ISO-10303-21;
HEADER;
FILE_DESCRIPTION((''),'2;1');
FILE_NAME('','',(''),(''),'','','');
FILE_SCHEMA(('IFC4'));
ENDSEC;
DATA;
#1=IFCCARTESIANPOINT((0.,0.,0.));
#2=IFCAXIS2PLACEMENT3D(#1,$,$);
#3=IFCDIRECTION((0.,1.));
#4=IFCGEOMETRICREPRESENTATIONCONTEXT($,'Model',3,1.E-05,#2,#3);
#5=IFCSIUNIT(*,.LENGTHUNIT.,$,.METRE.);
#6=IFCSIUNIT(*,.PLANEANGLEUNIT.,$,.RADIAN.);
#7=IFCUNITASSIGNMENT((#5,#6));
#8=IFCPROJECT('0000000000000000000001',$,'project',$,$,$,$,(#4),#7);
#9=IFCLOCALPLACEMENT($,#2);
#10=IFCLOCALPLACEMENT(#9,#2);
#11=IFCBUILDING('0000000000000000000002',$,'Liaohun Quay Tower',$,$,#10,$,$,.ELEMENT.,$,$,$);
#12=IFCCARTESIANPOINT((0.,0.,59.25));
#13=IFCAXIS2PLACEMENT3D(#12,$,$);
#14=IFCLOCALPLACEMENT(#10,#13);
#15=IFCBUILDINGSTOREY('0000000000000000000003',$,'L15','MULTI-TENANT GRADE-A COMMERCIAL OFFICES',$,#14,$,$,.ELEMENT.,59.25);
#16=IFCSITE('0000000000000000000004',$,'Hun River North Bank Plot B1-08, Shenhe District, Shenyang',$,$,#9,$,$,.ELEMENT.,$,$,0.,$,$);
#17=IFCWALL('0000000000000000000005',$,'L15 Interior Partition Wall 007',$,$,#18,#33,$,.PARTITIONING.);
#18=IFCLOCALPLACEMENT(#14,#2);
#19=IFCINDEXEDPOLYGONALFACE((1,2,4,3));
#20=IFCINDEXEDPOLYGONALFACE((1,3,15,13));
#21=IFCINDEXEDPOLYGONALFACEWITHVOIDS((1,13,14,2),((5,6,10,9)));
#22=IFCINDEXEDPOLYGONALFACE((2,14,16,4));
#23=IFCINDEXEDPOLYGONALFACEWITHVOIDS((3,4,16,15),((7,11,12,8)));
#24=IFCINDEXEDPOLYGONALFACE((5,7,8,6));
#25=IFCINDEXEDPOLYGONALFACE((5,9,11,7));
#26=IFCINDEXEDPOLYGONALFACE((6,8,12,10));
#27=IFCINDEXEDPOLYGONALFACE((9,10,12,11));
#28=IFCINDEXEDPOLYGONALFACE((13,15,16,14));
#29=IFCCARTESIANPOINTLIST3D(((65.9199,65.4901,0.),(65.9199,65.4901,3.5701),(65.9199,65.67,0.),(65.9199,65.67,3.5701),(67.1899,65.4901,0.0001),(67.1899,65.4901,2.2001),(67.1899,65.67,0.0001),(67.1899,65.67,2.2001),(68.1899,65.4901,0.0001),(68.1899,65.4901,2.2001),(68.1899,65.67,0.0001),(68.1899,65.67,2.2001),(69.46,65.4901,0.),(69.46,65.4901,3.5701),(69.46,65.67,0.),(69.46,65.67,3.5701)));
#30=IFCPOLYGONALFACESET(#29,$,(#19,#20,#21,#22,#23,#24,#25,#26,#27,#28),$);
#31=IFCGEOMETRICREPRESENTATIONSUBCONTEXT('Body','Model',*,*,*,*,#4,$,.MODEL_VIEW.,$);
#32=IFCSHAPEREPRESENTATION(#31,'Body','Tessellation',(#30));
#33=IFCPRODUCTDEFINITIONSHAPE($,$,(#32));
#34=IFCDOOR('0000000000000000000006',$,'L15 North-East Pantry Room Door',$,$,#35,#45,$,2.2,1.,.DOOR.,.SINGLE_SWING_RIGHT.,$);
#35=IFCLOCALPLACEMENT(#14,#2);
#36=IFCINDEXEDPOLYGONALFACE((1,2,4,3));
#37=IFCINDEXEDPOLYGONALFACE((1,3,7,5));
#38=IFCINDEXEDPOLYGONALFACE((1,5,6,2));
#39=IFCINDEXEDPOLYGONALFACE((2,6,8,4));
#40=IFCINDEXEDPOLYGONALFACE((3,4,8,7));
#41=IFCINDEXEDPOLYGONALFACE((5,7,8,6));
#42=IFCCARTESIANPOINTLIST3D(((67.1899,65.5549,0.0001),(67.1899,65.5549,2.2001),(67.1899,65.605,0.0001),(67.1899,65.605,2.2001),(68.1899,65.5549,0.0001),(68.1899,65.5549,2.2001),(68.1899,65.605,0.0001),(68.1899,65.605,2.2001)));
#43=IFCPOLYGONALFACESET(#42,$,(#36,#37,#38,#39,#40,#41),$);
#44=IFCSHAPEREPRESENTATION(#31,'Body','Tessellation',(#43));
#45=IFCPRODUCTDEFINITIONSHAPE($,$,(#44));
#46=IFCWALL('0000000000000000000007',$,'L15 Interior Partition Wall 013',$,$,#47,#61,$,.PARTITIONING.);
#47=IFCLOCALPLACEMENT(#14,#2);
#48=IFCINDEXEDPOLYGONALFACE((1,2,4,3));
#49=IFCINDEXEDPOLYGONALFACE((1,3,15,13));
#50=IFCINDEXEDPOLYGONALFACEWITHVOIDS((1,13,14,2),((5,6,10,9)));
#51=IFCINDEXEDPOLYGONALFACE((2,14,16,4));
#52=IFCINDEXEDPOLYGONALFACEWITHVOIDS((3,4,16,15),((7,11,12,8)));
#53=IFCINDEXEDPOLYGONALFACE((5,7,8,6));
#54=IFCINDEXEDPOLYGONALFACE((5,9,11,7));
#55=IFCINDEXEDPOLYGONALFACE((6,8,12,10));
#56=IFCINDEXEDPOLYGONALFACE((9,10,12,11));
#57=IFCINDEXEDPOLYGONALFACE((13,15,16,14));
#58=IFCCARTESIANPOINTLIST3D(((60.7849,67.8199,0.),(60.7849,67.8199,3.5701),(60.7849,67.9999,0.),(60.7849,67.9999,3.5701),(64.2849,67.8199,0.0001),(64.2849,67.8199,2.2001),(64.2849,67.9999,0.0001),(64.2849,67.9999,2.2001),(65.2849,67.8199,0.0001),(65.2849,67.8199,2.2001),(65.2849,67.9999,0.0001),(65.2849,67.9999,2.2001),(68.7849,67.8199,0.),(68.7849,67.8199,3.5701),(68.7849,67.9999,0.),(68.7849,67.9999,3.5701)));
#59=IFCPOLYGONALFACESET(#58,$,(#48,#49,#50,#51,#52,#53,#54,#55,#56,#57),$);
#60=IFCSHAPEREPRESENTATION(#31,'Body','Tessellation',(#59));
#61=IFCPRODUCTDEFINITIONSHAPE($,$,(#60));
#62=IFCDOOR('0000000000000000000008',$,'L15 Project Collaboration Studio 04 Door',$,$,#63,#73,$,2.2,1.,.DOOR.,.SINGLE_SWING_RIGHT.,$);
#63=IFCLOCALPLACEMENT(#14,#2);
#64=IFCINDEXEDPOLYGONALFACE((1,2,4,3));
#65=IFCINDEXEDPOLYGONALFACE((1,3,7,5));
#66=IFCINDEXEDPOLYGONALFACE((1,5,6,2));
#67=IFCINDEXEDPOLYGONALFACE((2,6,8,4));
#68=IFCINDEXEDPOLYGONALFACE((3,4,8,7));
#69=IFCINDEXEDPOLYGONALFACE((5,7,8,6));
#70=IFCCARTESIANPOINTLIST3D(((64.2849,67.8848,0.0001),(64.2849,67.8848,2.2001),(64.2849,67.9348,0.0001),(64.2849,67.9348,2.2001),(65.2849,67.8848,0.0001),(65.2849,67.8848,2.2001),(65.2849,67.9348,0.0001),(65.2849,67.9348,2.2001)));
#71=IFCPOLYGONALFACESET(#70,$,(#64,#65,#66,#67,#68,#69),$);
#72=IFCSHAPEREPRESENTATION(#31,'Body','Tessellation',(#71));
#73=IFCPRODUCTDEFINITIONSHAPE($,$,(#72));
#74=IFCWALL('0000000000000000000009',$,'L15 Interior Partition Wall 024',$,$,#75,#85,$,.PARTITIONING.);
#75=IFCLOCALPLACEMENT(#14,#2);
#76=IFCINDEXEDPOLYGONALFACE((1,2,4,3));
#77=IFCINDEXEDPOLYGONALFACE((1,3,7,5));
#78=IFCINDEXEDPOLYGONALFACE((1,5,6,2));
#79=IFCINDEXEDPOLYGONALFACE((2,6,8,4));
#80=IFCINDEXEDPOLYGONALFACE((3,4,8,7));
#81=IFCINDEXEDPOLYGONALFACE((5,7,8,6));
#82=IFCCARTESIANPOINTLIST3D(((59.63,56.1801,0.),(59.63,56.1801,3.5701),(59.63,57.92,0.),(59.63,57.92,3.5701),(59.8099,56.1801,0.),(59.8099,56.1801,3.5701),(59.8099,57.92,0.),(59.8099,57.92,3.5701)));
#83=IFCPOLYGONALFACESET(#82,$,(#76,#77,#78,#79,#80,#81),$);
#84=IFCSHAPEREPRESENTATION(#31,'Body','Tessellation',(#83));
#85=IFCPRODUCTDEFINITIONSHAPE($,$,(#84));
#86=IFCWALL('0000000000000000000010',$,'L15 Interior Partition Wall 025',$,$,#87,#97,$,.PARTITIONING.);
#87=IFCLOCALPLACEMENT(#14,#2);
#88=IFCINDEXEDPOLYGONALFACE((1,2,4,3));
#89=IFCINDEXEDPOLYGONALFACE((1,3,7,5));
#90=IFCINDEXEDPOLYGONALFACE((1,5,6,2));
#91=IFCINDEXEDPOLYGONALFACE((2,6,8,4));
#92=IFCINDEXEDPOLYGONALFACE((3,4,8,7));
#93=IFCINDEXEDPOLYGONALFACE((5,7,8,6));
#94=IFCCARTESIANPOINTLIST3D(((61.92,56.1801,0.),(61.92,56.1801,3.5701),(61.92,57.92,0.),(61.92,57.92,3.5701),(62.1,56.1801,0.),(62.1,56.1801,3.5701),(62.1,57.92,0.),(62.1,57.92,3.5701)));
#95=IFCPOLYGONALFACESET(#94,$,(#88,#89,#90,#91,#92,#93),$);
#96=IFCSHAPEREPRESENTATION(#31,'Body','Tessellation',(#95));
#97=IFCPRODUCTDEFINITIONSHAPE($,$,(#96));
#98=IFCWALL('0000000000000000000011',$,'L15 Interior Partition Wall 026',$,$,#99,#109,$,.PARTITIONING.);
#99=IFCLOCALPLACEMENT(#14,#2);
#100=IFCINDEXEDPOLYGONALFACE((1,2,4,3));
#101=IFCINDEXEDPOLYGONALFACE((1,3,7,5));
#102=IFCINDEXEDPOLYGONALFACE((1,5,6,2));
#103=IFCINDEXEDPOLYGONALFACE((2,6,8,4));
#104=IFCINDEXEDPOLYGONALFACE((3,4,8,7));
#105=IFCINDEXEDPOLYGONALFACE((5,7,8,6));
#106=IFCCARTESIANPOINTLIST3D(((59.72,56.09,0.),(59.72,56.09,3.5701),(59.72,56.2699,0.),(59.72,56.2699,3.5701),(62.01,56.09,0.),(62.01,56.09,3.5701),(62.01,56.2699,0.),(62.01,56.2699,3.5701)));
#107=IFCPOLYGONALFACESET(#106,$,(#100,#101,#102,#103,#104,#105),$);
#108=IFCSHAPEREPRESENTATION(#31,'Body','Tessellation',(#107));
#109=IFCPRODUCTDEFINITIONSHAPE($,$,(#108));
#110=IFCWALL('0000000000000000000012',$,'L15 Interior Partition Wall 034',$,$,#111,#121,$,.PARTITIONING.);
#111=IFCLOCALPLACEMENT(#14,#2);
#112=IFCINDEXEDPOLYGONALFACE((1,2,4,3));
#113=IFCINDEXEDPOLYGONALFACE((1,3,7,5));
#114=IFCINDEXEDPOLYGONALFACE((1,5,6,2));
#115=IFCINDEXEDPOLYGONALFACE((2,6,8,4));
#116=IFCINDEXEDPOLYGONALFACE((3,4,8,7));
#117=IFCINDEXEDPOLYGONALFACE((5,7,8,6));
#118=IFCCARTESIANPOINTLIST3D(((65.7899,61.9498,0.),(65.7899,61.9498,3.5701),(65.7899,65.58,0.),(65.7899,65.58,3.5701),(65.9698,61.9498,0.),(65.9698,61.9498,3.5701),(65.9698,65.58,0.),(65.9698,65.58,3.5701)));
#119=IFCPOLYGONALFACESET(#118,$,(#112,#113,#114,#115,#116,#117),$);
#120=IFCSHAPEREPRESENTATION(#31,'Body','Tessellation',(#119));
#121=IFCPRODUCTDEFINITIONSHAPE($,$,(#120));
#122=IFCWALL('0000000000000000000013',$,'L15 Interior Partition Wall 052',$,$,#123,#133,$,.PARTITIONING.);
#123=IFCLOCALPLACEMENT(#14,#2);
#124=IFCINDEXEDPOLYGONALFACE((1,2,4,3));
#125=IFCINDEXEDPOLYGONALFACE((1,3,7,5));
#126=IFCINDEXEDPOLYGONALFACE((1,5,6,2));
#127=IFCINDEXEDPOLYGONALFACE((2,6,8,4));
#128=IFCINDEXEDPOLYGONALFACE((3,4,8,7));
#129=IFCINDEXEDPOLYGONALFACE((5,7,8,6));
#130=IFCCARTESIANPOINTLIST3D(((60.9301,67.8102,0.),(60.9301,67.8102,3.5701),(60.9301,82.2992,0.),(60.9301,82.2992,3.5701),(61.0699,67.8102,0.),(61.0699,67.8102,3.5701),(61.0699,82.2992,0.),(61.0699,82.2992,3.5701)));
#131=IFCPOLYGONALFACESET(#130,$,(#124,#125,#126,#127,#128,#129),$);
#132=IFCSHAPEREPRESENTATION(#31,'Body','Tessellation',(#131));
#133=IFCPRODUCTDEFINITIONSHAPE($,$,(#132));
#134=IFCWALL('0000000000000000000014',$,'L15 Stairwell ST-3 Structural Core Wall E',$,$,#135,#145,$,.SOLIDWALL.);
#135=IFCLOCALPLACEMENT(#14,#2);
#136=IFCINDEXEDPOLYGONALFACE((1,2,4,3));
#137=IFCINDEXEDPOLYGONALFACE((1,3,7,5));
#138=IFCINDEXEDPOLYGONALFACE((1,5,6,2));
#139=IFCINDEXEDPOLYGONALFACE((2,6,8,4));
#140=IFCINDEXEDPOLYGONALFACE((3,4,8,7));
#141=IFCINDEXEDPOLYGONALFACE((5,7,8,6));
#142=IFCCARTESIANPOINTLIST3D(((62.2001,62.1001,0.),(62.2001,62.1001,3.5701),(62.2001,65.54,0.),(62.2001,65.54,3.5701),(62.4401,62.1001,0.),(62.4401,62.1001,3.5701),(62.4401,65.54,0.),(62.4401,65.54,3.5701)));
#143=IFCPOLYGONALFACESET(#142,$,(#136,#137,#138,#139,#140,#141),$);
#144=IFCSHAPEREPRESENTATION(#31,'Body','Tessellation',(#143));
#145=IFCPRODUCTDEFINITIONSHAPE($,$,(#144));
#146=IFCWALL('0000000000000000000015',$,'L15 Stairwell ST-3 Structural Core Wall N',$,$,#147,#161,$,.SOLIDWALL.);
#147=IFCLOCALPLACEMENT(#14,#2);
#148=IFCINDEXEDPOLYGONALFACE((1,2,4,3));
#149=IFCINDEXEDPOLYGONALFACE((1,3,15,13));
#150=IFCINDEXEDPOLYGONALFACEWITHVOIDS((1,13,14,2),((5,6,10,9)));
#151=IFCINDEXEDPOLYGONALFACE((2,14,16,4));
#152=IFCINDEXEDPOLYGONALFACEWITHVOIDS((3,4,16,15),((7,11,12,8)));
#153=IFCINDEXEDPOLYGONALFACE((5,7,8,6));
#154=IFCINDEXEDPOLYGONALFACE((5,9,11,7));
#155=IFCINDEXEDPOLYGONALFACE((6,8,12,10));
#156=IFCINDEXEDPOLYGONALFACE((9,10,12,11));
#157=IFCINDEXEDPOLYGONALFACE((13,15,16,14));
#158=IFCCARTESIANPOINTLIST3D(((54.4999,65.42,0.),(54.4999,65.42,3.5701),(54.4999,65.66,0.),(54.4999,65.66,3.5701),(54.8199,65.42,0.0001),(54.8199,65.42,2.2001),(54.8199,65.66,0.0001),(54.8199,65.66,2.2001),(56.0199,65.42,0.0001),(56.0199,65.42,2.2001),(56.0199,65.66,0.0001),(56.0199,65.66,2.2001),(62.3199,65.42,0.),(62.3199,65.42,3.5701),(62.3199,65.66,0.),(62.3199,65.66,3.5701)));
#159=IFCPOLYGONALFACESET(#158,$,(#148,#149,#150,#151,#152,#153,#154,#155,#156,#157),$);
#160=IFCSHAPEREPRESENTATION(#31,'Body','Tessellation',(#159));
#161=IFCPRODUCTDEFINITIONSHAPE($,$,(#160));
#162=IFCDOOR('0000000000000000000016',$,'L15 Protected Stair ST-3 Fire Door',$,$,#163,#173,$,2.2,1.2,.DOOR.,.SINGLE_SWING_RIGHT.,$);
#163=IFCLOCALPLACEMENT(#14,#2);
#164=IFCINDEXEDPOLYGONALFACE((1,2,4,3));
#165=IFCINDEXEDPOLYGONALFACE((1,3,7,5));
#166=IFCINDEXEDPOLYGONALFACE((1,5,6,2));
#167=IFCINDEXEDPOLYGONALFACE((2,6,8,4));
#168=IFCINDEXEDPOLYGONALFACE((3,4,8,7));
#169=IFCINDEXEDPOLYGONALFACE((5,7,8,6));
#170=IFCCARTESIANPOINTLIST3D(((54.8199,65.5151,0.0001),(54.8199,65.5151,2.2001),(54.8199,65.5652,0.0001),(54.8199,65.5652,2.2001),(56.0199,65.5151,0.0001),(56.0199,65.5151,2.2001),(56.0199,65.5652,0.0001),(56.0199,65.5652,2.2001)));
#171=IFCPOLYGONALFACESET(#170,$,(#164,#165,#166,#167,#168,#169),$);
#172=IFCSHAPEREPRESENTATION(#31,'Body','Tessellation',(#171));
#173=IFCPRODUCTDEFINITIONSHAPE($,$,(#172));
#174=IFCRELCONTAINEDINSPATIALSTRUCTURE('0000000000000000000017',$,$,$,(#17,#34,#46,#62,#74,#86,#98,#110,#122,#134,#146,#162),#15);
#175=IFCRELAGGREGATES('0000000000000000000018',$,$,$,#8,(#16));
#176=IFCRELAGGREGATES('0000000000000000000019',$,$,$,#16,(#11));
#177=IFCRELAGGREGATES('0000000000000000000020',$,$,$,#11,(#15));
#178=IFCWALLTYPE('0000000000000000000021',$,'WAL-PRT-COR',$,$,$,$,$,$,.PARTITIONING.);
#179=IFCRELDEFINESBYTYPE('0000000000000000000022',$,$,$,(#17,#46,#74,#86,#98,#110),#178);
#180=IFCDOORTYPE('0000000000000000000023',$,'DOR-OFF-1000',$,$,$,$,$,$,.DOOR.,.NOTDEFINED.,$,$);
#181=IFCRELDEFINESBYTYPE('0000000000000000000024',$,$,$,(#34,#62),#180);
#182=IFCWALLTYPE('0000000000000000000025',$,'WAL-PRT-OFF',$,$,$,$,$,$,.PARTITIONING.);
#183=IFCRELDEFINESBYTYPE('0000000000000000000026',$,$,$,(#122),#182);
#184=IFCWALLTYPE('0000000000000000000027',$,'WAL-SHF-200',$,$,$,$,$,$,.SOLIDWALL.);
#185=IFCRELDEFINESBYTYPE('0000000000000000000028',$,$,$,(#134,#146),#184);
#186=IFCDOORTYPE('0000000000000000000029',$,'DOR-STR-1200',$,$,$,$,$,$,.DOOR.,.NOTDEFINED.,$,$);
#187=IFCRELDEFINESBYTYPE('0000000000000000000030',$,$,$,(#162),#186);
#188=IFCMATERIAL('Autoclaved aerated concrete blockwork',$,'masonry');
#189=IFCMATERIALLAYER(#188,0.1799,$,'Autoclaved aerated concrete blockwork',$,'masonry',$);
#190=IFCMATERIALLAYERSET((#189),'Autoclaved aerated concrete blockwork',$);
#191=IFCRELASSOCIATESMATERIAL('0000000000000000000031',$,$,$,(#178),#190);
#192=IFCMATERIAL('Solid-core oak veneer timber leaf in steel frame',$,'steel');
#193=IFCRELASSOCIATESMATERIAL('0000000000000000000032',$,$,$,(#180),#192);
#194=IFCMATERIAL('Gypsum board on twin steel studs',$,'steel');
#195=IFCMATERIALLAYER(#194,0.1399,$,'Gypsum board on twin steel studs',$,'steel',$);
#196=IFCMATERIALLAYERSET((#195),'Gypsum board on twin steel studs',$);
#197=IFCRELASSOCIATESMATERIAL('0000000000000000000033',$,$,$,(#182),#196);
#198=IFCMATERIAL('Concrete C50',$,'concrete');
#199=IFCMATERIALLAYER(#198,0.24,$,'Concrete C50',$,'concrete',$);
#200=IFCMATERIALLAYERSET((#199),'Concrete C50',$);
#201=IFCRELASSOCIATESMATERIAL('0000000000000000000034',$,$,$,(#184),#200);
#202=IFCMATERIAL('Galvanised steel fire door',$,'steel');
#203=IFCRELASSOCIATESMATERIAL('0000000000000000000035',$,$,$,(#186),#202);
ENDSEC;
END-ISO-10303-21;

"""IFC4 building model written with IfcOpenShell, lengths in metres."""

from ifc_helpers import new_model, si_unit, direction, frame, frame_2d, origin, place, context, subcontext, project, spatial, rectangle, extrude, source, transform, mapped, material, layer, layer_set, type_object, element, fill, save


model = new_model("IFC4")

# Units and contexts
model_context = context("Model", 3, precision=1e-05, world=origin(), true_north=direction((0.0, 1.0)))
body_context = subcontext(model_context, "Body", "Model", "MODEL_VIEW")
ifc_project = project(units=[si_unit("LENGTHUNIT", "METRE"), si_unit("PLANEANGLEUNIT", "RADIAN")], contexts=[model_context])

# Site, building, storey
site_placement = place(None, origin())
site = spatial("IfcSite", under=ifc_project, at=site_placement, Name="Hun River North Bank Plot B1-08, Shenhe District, Shenyang", CompositionType="ELEMENT", RefElevation=0.0)
building_placement = place(site_placement, origin())
building = spatial("IfcBuilding", under=site, at=building_placement, Name="Liaohun Quay Tower", CompositionType="ELEMENT")
storey_placement = place(building_placement, frame((0.0, 0.0, 59.25)))
storey = spatial("IfcBuildingStorey", under=building, at=storey_placement, Name="L15", Description="MULTI-TENANT GRADE-A COMMERCIAL OFFICES", CompositionType="ELEMENT", Elevation=59.25)

# Walls, openings, doors
ifc_material_1 = material(Name="Autoclaved aerated concrete blockwork", Category="masonry")
ifc_layer_1 = layer(ifc_material_1, 0.1799, Name="Autoclaved aerated concrete blockwork", Category="masonry")
ifc_layer_set_1 = layer_set([ifc_layer_1], Name="Autoclaved aerated concrete blockwork")
wall_type_1 = type_object("IfcWallType", Name="WAL-PRT-COR", PredefinedType="PARTITIONING", material=ifc_layer_set_1)
shared_shape_1 = source(origin(), body_context, "Body", "SweptSolid", [
    extrude(rectangle(XDim=1.0, YDim=2.2, at=frame_2d((0.5, 1.1001))), frame((0.0, 0.0999, 0.0), z_axis=(0.0, -1.0, 0.0), x_axis=(1.0, 0.0, 0.0)), (0.0, 0.0, 1.0), 0.2),
])
ifc_material_2 = material(Name="Solid-core oak veneer timber leaf in steel frame", Category="steel")
door_type_1 = type_object("IfcDoorType", Name="DOR-OFF-1000", OperationType="NOTDEFINED", PredefinedType="DOOR", material=ifc_material_2)
shared_shape_2 = source(origin(), body_context, "Body", "SweptSolid", [
    extrude(rectangle(XDim=1.0, YDim=2.2, at=frame_2d((0.5, 1.1001))), frame((0.0, 0.0249, 0.0), z_axis=(0.0, -1.0, 0.0), x_axis=(1.0, 0.0, 0.0)), (0.0, 0.0, 1.0), 0.05),
])
wall_1_placement = place(storey_placement, frame((65.9199, 65.5801, 0.0), z_axis=(0.0, 0.0, 1.0), x_axis=(1.0, 0.0, 0.0)))
wall_1 = element("IfcWall", 1, at=wall_1_placement, inside=storey, type_object=wall_type_1, Name="L15 Interior Partition Wall 007", PredefinedType="PARTITIONING", context=body_context, shape_type="SweptSolid", body=[
    extrude(rectangle(XDim=3.54, YDim=0.1799, at=frame_2d((1.77, 0.0))), origin(), (0.0, 0.0, 1.0), 3.5701),
])
opening_1_placement = place(wall_1_placement, frame((1.27, 0.0, 0.0)))
opening_1 = element("IfcOpeningElement", 2, at=opening_1_placement, cuts=wall_1, PredefinedType="OPENING", context=body_context, shape_type="MappedRepresentation", body=[
    mapped(shared_shape_1, transform((0.0, 0.0, 0.0), x_axis=(1.0, 0.0, 0.0), y_axis=(0.0, 1.0, 0.0), z_axis=(0.0, 0.0, 1.0), scale=1.0)),
])
door_1_placement = place(opening_1_placement, origin())
door_1 = element("IfcDoor", 3, at=door_1_placement, inside=storey, type_object=door_type_1, Name="L15 North-East Pantry Room Door", OperationType="SINGLE_SWING_RIGHT", OverallHeight=2.2, OverallWidth=1.0, PredefinedType="DOOR", context=body_context, shape_type="MappedRepresentation", body=[
    mapped(shared_shape_2, transform((0.0, 0.0, 0.0), x_axis=(1.0, 0.0, 0.0), y_axis=(0.0, 1.0, 0.0), z_axis=(0.0, 0.0, 1.0), scale=1.0)),
])
fill(opening_1, door_1)
wall_2_placement = place(storey_placement, frame((60.7849, 67.9099, 0.0), z_axis=(0.0, 0.0, 1.0), x_axis=(1.0, 0.0, 0.0)))
wall_2 = element("IfcWall", 4, at=wall_2_placement, inside=storey, type_object=wall_type_1, Name="L15 Interior Partition Wall 013", PredefinedType="PARTITIONING", context=body_context, shape_type="SweptSolid", body=[
    extrude(rectangle(XDim=8.0, YDim=0.1799, at=frame_2d((4.0, 0.0))), origin(), (0.0, 0.0, 1.0), 3.5701),
])
opening_2_placement = place(wall_2_placement, frame((3.5, 0.0, 0.0)))
opening_2 = element("IfcOpeningElement", 5, at=opening_2_placement, cuts=wall_2, PredefinedType="OPENING", context=body_context, shape_type="MappedRepresentation", body=[
    mapped(shared_shape_1, transform((0.0, 0.0, 0.0), x_axis=(1.0, 0.0, 0.0), y_axis=(0.0, 1.0, 0.0), z_axis=(0.0, 0.0, 1.0), scale=1.0)),
])
door_2_placement = place(opening_2_placement, origin())
door_2 = element("IfcDoor", 6, at=door_2_placement, inside=storey, type_object=door_type_1, Name="L15 Project Collaboration Studio 04 Door", OperationType="SINGLE_SWING_RIGHT", OverallHeight=2.2, OverallWidth=1.0, PredefinedType="DOOR", context=body_context, shape_type="MappedRepresentation", body=[
    mapped(shared_shape_2, transform((0.0, 0.0, 0.0), x_axis=(1.0, 0.0, 0.0), y_axis=(0.0, 1.0, 0.0), z_axis=(0.0, 0.0, 1.0), scale=1.0)),
])
fill(opening_2, door_2)

# Walls
for number, where, z_axis, x_axis, name in (
    (7, (59.72, 56.1799, 0.0), (0.0, 0.0, 1.0), (0.0, 1.0, 0.0), "L15 Interior Partition Wall 024"),
    (8, (62.01, 56.1799, 0.0), (0.0, 0.0, 1.0), (0.0, 1.0, 0.0), "L15 Interior Partition Wall 025"),
):
    element("IfcWall", number, at=place(storey_placement, frame(where, z_axis=z_axis, x_axis=x_axis)), inside=storey, type_object=wall_type_1, Name=name, PredefinedType="PARTITIONING", context=body_context, shape_type="SweptSolid", body=[
        extrude(rectangle(XDim=1.74, YDim=0.1799, at=frame_2d((0.8701, 0.0))), origin(), (0.0, 0.0, 1.0), 3.5701),
    ])
wall_3_placement = place(storey_placement, frame((59.72, 56.1799, 0.0), z_axis=(0.0, 0.0, 1.0), x_axis=(1.0, 0.0, 0.0)))
element("IfcWall", 9, at=wall_3_placement, inside=storey, type_object=wall_type_1, Name="L15 Interior Partition Wall 026", PredefinedType="PARTITIONING", context=body_context, shape_type="SweptSolid", body=[
    extrude(rectangle(XDim=2.29, YDim=0.1799, at=frame_2d((1.145, 0.0))), origin(), (0.0, 0.0, 1.0), 3.5701),
])
wall_4_placement = place(storey_placement, frame((65.8799, 61.95, 0.0), z_axis=(0.0, 0.0, 1.0), x_axis=(0.0, 1.0, 0.0)))
element("IfcWall", 10, at=wall_4_placement, inside=storey, type_object=wall_type_1, Name="L15 Interior Partition Wall 034", PredefinedType="PARTITIONING", context=body_context, shape_type="SweptSolid", body=[
    extrude(rectangle(XDim=3.6301, YDim=0.1799, at=frame_2d((1.8149, 0.0))), origin(), (0.0, 0.0, 1.0), 3.5701),
])
ifc_material_3 = material(Name="Gypsum board on twin steel studs", Category="steel")
ifc_layer_2 = layer(ifc_material_3, 0.1399, Name="Gypsum board on twin steel studs", Category="steel")
ifc_layer_set_2 = layer_set([ifc_layer_2], Name="Gypsum board on twin steel studs")
wall_type_2 = type_object("IfcWallType", Name="WAL-PRT-OFF", PredefinedType="PARTITIONING", material=ifc_layer_set_2)
wall_5_placement = place(storey_placement, frame((61.0, 67.8101, 0.0), z_axis=(0.0, 0.0, 1.0), x_axis=(0.0, 1.0, 0.0)))
element("IfcWall", 11, at=wall_5_placement, inside=storey, type_object=wall_type_2, Name="L15 Interior Partition Wall 052", PredefinedType="PARTITIONING", context=body_context, shape_type="SweptSolid", body=[
    extrude(rectangle(XDim=14.489, YDim=0.1399, at=frame_2d((7.2446, 0.0))), origin(), (0.0, 0.0, 1.0), 3.5701),
])
ifc_material_4 = material(Name="Concrete C50", Category="concrete")
ifc_layer_3 = layer(ifc_material_4, 0.24, Name="Concrete C50", Category="concrete")
ifc_layer_set_3 = layer_set([ifc_layer_3], Name="Concrete C50")
wall_type_3 = type_object("IfcWallType", Name="WAL-SHF-200", PredefinedType="SOLIDWALL", material=ifc_layer_set_3)
wall_6_placement = place(storey_placement, frame((62.3201, 62.1001, 0.0), z_axis=(0.0, 0.0, 1.0), x_axis=(0.0, 1.0, 0.0)))
element("IfcWall", 12, at=wall_6_placement, inside=storey, type_object=wall_type_3, Name="L15 Stairwell ST-3 Structural Core Wall E", PredefinedType="SOLIDWALL", context=body_context, shape_type="SweptSolid", body=[
    extrude(rectangle(XDim=3.4399, YDim=0.24, at=frame_2d((1.72, 0.0))), origin(), (0.0, 0.0, 1.0), 3.5701),
])

# Wall, opening, door
wall_7_placement = place(storey_placement, frame((62.3201, 65.54, 0.0), z_axis=(0.0, 0.0, 1.0), x_axis=(-1.0, 0.0, 0.0)))
wall_7 = element("IfcWall", 13, at=wall_7_placement, inside=storey, type_object=wall_type_3, Name="L15 Stairwell ST-3 Structural Core Wall N", PredefinedType="SOLIDWALL", context=body_context, shape_type="SweptSolid", body=[
    extrude(rectangle(XDim=7.8201, YDim=0.24, at=frame_2d((3.9102, 0.0))), origin(), (0.0, 0.0, 1.0), 3.5701),
])
shared_shape_3 = source(origin(), body_context, "Body", "SweptSolid", [
    extrude(rectangle(XDim=1.2, YDim=2.2, at=frame_2d((0.6001, 1.1001))), frame((0.0, 0.1299, 0.0), z_axis=(0.0, -1.0, 0.0), x_axis=(1.0, 0.0, 0.0)), (0.0, 0.0, 1.0), 0.26),
])
opening_3_placement = place(wall_7_placement, frame((6.3, 0.0, 0.0)))
opening_3 = element("IfcOpeningElement", 14, at=opening_3_placement, cuts=wall_7, PredefinedType="OPENING", context=body_context, shape_type="MappedRepresentation", body=[
    mapped(shared_shape_3, transform((0.0, 0.0, 0.0), x_axis=(1.0, 0.0, 0.0), y_axis=(0.0, 1.0, 0.0), z_axis=(0.0, 0.0, 1.0), scale=1.0)),
])
ifc_material_5 = material(Name="Galvanised steel fire door", Category="steel")
door_type_2 = type_object("IfcDoorType", Name="DOR-STR-1200", OperationType="NOTDEFINED", PredefinedType="DOOR", material=ifc_material_5)
shared_shape_4 = source(origin(), body_context, "Body", "SweptSolid", [
    extrude(rectangle(XDim=1.2, YDim=2.2, at=frame_2d((0.6001, 1.1001))), frame((0.0, 0.0249, 0.0), z_axis=(0.0, -1.0, 0.0), x_axis=(1.0, 0.0, 0.0)), (0.0, 0.0, 1.0), 0.05),
])
door_3_placement = place(opening_3_placement, origin())
door_3 = element("IfcDoor", 15, at=door_3_placement, inside=storey, type_object=door_type_2, Name="L15 Protected Stair ST-3 Fire Door", OperationType="SINGLE_SWING_RIGHT", OverallHeight=2.2, OverallWidth=1.2, PredefinedType="DOOR", context=body_context, shape_type="MappedRepresentation", body=[
    mapped(shared_shape_4, transform((0.0, 0.0, 0.0), x_axis=(1.0, 0.0, 0.0), y_axis=(0.0, 1.0, 0.0), z_axis=(0.0, 0.0, 1.0), scale=1.0)),
])
fill(opening_3, door_3)

save(model, "model.ifc")
